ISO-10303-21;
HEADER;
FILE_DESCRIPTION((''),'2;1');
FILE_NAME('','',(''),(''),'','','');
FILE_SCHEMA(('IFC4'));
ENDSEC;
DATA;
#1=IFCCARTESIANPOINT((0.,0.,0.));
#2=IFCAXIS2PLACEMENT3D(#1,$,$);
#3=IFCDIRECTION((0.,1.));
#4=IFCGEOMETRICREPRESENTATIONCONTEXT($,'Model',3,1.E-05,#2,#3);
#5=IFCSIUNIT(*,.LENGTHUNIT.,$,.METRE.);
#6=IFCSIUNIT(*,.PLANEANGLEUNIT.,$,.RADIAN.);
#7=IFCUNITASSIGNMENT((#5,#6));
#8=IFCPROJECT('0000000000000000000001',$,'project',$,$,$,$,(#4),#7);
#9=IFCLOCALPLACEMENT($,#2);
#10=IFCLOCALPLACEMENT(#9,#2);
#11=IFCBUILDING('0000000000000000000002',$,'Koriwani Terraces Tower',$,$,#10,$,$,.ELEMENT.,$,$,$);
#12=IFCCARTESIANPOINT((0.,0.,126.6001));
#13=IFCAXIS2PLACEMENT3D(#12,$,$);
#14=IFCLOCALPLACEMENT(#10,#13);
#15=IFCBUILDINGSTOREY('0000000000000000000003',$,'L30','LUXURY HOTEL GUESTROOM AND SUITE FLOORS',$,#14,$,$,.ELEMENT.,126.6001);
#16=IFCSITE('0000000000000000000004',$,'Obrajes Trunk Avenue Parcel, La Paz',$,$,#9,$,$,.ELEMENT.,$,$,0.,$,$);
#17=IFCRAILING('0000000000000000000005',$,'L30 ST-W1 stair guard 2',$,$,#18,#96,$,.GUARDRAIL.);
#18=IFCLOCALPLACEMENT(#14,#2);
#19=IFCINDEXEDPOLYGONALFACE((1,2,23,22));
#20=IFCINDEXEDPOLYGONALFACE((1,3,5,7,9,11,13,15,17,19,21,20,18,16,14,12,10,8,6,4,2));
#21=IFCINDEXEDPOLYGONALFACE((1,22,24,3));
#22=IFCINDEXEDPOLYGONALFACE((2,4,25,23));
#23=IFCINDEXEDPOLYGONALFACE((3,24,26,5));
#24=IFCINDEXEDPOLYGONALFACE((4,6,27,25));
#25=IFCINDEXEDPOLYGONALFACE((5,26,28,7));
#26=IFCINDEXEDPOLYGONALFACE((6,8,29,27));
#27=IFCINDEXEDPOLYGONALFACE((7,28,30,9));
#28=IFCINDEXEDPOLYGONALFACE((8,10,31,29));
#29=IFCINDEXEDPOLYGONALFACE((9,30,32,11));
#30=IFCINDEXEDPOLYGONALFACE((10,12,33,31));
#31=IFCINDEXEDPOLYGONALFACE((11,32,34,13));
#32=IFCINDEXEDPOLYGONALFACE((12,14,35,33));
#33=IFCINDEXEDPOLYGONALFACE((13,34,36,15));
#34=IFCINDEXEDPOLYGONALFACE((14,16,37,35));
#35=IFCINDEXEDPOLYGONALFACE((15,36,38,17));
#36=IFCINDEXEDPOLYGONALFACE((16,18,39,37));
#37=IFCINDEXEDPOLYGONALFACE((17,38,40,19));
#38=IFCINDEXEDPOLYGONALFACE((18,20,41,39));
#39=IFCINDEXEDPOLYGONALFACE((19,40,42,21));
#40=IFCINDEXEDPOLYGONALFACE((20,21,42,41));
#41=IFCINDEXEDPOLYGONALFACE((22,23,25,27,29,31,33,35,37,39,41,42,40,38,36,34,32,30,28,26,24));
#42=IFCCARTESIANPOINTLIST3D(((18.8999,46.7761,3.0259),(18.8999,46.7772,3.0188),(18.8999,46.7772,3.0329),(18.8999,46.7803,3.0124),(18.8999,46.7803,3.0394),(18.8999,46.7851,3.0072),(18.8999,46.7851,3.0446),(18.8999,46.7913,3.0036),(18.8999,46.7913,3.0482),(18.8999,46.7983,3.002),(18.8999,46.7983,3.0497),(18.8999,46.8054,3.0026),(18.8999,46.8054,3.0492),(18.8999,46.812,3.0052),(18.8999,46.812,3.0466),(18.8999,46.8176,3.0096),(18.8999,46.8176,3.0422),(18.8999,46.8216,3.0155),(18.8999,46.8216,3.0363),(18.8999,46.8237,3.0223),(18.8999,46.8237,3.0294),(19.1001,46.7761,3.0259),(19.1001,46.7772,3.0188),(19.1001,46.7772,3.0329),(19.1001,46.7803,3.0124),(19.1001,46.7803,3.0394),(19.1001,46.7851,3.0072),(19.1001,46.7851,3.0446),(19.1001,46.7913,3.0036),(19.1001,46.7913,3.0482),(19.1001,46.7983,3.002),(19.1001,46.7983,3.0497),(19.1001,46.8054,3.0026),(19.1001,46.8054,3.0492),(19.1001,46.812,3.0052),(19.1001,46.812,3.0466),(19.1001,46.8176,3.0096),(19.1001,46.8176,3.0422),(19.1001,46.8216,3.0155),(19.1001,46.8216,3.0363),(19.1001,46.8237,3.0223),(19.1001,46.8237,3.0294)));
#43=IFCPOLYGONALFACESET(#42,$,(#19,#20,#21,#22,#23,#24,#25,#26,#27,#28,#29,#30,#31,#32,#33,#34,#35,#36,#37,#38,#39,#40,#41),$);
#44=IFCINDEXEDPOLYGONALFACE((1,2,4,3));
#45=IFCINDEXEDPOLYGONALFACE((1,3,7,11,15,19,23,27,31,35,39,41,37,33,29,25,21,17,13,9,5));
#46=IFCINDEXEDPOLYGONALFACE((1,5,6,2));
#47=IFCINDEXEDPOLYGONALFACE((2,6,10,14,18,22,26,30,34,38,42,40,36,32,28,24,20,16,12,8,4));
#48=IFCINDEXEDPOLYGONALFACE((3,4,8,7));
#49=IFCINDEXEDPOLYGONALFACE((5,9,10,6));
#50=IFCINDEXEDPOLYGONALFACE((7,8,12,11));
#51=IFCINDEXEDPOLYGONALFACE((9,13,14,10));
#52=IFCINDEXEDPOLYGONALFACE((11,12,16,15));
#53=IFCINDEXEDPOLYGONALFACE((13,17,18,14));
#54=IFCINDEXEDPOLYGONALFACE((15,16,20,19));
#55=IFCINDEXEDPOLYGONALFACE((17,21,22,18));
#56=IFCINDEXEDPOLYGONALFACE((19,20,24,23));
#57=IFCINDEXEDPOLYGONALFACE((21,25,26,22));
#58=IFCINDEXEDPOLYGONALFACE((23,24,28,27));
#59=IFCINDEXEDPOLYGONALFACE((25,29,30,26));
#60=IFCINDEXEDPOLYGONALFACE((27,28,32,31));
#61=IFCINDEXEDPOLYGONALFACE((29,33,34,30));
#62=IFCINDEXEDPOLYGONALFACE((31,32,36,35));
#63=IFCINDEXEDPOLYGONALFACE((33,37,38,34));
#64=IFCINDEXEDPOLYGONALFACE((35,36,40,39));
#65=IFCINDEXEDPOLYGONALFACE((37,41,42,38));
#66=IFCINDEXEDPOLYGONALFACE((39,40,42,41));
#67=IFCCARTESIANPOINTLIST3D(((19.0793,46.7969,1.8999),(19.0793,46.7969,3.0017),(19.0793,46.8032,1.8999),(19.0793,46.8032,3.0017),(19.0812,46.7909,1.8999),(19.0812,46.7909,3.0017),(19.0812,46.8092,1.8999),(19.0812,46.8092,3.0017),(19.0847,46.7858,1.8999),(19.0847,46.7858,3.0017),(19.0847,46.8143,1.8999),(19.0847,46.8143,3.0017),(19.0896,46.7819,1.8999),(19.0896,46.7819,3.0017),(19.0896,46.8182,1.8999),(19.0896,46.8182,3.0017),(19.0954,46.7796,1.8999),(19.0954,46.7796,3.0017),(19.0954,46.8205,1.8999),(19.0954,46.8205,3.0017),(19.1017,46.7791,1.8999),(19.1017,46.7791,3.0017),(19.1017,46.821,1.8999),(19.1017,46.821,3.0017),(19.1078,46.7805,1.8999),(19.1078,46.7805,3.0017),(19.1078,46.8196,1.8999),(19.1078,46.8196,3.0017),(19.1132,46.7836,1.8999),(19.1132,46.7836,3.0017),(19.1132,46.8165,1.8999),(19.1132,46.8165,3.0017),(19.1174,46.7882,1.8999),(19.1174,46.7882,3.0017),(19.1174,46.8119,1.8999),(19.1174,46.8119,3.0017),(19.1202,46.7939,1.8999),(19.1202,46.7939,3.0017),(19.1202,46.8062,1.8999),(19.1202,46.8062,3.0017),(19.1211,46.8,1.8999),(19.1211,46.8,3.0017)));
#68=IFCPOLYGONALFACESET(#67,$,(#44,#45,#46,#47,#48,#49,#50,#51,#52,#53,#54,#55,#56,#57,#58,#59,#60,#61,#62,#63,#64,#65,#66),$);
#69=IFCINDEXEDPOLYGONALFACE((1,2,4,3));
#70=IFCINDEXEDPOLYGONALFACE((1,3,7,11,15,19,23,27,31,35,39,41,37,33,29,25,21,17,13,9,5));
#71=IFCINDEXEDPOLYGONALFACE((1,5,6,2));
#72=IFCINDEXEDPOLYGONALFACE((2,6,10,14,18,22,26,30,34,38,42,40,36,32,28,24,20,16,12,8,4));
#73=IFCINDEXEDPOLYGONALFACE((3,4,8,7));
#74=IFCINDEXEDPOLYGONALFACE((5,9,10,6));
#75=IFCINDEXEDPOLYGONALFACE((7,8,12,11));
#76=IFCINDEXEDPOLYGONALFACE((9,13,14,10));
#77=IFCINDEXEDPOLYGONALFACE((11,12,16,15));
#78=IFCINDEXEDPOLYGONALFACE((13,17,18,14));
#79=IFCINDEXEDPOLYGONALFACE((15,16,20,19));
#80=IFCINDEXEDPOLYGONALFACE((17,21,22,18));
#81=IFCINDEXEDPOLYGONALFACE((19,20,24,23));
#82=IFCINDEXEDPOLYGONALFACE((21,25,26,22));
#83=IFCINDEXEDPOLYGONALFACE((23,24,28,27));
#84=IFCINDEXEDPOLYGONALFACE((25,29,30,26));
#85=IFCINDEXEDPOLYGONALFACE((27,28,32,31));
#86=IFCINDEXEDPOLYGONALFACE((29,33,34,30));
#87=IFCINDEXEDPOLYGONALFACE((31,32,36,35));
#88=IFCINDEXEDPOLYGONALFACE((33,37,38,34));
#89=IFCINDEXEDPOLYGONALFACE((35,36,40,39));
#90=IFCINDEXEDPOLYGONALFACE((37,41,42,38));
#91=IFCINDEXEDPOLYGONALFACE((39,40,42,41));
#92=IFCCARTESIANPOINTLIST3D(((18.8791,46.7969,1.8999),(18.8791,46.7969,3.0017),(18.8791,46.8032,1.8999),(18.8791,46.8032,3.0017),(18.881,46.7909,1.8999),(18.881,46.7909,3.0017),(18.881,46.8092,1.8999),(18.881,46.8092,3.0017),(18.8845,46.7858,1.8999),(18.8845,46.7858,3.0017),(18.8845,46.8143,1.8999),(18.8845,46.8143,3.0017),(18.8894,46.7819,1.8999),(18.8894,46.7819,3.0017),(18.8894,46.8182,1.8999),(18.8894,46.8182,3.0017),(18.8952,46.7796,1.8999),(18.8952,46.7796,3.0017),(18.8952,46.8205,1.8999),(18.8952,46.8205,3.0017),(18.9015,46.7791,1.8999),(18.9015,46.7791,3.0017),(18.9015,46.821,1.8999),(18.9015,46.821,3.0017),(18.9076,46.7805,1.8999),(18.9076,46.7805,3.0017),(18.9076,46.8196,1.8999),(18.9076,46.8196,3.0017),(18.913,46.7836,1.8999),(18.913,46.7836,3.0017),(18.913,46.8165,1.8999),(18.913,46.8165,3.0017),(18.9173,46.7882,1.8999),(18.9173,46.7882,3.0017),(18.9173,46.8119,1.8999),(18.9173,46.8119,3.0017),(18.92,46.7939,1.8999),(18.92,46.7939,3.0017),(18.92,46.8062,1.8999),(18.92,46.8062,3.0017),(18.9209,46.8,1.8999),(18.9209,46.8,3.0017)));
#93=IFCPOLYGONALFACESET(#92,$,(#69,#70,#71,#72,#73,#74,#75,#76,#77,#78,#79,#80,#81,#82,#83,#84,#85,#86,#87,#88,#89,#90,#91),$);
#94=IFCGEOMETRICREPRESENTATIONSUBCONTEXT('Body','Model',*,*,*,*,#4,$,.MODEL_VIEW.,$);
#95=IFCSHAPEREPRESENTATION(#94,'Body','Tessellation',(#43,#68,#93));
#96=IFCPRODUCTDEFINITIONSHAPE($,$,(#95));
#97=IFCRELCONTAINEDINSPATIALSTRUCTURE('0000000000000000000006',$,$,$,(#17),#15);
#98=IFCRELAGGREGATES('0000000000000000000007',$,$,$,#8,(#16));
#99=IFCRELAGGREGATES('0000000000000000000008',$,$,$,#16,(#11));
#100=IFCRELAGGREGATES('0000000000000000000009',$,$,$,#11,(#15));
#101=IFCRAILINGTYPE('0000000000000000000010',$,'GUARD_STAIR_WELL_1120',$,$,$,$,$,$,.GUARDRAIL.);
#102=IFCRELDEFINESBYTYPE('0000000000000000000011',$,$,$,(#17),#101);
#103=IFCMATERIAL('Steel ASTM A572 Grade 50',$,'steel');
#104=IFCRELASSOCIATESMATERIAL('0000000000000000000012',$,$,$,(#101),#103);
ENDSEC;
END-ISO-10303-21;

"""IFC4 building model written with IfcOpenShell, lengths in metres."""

from ifc_helpers import new_model, si_unit, direction, frame, origin, origin_2d, place, context, subcontext, project, spatial, circle, extrude, material, type_object, element, save


model = new_model("IFC4")

# Units and contexts
model_context = context("Model", 3, precision=1e-05, world=origin(), true_north=direction((0.0, 1.0)))
body_context = subcontext(model_context, "Body", "Model", "MODEL_VIEW")
ifc_project = project(units=[si_unit("LENGTHUNIT", "METRE"), si_unit("PLANEANGLEUNIT", "RADIAN")], contexts=[model_context])

# Site, building, storey
site_placement = place(None, origin())
site = spatial("IfcSite", under=ifc_project, at=site_placement, Name="Obrajes Trunk Avenue Parcel, La Paz", CompositionType="ELEMENT", RefElevation=0.0)
building_placement = place(site_placement, origin())
building = spatial("IfcBuilding", under=site, at=building_placement, Name="Koriwani Terraces Tower", CompositionType="ELEMENT")
storey_placement = place(building_placement, frame((0.0, 0.0, 126.6001)))
storey = spatial("IfcBuildingStorey", under=building, at=storey_placement, Name="L30", Description="LUXURY HOTEL GUESTROOM AND SUITE FLOORS", CompositionType="ELEMENT", Elevation=126.6001)

# Shared definitions
ifc_material_1 = material(Name="Steel ASTM A572 Grade 50", Category="steel")

# Railing
railing_type_1 = type_object("IfcRailingType", Name="GUARD_STAIR_WELL_1120", PredefinedType="GUARDRAIL", material=ifc_material_1)
railing_1_placement = place(storey_placement, frame((19.1001, 46.8, 1.8999)))
element("IfcRailing", 1, at=railing_1_placement, inside=storey, type_object=railing_type_1, Name="L30 ST-W1 stair guard 2", PredefinedType="GUARDRAIL", context=body_context, shape_type="SweptSolid", body=[
    extrude(circle(Radius=0.0239, at=origin_2d()), frame((0.0, 0.0, 1.126), z_axis=(-1.0, 0.0, 0.0), x_axis=(0.0, -1.0, 0.0)), (0.0, 0.0, 1.0), 0.2002),
    extrude(circle(Radius=0.021, at=origin_2d()), origin(), (0.0, 0.0, 1.0), 1.1018),
    extrude(circle(Radius=0.021, at=origin_2d()), frame((-0.2002, 0.0, 0.0)), (0.0, 0.0, 1.0), 1.1018),
])

save(model, "model.ifc")
